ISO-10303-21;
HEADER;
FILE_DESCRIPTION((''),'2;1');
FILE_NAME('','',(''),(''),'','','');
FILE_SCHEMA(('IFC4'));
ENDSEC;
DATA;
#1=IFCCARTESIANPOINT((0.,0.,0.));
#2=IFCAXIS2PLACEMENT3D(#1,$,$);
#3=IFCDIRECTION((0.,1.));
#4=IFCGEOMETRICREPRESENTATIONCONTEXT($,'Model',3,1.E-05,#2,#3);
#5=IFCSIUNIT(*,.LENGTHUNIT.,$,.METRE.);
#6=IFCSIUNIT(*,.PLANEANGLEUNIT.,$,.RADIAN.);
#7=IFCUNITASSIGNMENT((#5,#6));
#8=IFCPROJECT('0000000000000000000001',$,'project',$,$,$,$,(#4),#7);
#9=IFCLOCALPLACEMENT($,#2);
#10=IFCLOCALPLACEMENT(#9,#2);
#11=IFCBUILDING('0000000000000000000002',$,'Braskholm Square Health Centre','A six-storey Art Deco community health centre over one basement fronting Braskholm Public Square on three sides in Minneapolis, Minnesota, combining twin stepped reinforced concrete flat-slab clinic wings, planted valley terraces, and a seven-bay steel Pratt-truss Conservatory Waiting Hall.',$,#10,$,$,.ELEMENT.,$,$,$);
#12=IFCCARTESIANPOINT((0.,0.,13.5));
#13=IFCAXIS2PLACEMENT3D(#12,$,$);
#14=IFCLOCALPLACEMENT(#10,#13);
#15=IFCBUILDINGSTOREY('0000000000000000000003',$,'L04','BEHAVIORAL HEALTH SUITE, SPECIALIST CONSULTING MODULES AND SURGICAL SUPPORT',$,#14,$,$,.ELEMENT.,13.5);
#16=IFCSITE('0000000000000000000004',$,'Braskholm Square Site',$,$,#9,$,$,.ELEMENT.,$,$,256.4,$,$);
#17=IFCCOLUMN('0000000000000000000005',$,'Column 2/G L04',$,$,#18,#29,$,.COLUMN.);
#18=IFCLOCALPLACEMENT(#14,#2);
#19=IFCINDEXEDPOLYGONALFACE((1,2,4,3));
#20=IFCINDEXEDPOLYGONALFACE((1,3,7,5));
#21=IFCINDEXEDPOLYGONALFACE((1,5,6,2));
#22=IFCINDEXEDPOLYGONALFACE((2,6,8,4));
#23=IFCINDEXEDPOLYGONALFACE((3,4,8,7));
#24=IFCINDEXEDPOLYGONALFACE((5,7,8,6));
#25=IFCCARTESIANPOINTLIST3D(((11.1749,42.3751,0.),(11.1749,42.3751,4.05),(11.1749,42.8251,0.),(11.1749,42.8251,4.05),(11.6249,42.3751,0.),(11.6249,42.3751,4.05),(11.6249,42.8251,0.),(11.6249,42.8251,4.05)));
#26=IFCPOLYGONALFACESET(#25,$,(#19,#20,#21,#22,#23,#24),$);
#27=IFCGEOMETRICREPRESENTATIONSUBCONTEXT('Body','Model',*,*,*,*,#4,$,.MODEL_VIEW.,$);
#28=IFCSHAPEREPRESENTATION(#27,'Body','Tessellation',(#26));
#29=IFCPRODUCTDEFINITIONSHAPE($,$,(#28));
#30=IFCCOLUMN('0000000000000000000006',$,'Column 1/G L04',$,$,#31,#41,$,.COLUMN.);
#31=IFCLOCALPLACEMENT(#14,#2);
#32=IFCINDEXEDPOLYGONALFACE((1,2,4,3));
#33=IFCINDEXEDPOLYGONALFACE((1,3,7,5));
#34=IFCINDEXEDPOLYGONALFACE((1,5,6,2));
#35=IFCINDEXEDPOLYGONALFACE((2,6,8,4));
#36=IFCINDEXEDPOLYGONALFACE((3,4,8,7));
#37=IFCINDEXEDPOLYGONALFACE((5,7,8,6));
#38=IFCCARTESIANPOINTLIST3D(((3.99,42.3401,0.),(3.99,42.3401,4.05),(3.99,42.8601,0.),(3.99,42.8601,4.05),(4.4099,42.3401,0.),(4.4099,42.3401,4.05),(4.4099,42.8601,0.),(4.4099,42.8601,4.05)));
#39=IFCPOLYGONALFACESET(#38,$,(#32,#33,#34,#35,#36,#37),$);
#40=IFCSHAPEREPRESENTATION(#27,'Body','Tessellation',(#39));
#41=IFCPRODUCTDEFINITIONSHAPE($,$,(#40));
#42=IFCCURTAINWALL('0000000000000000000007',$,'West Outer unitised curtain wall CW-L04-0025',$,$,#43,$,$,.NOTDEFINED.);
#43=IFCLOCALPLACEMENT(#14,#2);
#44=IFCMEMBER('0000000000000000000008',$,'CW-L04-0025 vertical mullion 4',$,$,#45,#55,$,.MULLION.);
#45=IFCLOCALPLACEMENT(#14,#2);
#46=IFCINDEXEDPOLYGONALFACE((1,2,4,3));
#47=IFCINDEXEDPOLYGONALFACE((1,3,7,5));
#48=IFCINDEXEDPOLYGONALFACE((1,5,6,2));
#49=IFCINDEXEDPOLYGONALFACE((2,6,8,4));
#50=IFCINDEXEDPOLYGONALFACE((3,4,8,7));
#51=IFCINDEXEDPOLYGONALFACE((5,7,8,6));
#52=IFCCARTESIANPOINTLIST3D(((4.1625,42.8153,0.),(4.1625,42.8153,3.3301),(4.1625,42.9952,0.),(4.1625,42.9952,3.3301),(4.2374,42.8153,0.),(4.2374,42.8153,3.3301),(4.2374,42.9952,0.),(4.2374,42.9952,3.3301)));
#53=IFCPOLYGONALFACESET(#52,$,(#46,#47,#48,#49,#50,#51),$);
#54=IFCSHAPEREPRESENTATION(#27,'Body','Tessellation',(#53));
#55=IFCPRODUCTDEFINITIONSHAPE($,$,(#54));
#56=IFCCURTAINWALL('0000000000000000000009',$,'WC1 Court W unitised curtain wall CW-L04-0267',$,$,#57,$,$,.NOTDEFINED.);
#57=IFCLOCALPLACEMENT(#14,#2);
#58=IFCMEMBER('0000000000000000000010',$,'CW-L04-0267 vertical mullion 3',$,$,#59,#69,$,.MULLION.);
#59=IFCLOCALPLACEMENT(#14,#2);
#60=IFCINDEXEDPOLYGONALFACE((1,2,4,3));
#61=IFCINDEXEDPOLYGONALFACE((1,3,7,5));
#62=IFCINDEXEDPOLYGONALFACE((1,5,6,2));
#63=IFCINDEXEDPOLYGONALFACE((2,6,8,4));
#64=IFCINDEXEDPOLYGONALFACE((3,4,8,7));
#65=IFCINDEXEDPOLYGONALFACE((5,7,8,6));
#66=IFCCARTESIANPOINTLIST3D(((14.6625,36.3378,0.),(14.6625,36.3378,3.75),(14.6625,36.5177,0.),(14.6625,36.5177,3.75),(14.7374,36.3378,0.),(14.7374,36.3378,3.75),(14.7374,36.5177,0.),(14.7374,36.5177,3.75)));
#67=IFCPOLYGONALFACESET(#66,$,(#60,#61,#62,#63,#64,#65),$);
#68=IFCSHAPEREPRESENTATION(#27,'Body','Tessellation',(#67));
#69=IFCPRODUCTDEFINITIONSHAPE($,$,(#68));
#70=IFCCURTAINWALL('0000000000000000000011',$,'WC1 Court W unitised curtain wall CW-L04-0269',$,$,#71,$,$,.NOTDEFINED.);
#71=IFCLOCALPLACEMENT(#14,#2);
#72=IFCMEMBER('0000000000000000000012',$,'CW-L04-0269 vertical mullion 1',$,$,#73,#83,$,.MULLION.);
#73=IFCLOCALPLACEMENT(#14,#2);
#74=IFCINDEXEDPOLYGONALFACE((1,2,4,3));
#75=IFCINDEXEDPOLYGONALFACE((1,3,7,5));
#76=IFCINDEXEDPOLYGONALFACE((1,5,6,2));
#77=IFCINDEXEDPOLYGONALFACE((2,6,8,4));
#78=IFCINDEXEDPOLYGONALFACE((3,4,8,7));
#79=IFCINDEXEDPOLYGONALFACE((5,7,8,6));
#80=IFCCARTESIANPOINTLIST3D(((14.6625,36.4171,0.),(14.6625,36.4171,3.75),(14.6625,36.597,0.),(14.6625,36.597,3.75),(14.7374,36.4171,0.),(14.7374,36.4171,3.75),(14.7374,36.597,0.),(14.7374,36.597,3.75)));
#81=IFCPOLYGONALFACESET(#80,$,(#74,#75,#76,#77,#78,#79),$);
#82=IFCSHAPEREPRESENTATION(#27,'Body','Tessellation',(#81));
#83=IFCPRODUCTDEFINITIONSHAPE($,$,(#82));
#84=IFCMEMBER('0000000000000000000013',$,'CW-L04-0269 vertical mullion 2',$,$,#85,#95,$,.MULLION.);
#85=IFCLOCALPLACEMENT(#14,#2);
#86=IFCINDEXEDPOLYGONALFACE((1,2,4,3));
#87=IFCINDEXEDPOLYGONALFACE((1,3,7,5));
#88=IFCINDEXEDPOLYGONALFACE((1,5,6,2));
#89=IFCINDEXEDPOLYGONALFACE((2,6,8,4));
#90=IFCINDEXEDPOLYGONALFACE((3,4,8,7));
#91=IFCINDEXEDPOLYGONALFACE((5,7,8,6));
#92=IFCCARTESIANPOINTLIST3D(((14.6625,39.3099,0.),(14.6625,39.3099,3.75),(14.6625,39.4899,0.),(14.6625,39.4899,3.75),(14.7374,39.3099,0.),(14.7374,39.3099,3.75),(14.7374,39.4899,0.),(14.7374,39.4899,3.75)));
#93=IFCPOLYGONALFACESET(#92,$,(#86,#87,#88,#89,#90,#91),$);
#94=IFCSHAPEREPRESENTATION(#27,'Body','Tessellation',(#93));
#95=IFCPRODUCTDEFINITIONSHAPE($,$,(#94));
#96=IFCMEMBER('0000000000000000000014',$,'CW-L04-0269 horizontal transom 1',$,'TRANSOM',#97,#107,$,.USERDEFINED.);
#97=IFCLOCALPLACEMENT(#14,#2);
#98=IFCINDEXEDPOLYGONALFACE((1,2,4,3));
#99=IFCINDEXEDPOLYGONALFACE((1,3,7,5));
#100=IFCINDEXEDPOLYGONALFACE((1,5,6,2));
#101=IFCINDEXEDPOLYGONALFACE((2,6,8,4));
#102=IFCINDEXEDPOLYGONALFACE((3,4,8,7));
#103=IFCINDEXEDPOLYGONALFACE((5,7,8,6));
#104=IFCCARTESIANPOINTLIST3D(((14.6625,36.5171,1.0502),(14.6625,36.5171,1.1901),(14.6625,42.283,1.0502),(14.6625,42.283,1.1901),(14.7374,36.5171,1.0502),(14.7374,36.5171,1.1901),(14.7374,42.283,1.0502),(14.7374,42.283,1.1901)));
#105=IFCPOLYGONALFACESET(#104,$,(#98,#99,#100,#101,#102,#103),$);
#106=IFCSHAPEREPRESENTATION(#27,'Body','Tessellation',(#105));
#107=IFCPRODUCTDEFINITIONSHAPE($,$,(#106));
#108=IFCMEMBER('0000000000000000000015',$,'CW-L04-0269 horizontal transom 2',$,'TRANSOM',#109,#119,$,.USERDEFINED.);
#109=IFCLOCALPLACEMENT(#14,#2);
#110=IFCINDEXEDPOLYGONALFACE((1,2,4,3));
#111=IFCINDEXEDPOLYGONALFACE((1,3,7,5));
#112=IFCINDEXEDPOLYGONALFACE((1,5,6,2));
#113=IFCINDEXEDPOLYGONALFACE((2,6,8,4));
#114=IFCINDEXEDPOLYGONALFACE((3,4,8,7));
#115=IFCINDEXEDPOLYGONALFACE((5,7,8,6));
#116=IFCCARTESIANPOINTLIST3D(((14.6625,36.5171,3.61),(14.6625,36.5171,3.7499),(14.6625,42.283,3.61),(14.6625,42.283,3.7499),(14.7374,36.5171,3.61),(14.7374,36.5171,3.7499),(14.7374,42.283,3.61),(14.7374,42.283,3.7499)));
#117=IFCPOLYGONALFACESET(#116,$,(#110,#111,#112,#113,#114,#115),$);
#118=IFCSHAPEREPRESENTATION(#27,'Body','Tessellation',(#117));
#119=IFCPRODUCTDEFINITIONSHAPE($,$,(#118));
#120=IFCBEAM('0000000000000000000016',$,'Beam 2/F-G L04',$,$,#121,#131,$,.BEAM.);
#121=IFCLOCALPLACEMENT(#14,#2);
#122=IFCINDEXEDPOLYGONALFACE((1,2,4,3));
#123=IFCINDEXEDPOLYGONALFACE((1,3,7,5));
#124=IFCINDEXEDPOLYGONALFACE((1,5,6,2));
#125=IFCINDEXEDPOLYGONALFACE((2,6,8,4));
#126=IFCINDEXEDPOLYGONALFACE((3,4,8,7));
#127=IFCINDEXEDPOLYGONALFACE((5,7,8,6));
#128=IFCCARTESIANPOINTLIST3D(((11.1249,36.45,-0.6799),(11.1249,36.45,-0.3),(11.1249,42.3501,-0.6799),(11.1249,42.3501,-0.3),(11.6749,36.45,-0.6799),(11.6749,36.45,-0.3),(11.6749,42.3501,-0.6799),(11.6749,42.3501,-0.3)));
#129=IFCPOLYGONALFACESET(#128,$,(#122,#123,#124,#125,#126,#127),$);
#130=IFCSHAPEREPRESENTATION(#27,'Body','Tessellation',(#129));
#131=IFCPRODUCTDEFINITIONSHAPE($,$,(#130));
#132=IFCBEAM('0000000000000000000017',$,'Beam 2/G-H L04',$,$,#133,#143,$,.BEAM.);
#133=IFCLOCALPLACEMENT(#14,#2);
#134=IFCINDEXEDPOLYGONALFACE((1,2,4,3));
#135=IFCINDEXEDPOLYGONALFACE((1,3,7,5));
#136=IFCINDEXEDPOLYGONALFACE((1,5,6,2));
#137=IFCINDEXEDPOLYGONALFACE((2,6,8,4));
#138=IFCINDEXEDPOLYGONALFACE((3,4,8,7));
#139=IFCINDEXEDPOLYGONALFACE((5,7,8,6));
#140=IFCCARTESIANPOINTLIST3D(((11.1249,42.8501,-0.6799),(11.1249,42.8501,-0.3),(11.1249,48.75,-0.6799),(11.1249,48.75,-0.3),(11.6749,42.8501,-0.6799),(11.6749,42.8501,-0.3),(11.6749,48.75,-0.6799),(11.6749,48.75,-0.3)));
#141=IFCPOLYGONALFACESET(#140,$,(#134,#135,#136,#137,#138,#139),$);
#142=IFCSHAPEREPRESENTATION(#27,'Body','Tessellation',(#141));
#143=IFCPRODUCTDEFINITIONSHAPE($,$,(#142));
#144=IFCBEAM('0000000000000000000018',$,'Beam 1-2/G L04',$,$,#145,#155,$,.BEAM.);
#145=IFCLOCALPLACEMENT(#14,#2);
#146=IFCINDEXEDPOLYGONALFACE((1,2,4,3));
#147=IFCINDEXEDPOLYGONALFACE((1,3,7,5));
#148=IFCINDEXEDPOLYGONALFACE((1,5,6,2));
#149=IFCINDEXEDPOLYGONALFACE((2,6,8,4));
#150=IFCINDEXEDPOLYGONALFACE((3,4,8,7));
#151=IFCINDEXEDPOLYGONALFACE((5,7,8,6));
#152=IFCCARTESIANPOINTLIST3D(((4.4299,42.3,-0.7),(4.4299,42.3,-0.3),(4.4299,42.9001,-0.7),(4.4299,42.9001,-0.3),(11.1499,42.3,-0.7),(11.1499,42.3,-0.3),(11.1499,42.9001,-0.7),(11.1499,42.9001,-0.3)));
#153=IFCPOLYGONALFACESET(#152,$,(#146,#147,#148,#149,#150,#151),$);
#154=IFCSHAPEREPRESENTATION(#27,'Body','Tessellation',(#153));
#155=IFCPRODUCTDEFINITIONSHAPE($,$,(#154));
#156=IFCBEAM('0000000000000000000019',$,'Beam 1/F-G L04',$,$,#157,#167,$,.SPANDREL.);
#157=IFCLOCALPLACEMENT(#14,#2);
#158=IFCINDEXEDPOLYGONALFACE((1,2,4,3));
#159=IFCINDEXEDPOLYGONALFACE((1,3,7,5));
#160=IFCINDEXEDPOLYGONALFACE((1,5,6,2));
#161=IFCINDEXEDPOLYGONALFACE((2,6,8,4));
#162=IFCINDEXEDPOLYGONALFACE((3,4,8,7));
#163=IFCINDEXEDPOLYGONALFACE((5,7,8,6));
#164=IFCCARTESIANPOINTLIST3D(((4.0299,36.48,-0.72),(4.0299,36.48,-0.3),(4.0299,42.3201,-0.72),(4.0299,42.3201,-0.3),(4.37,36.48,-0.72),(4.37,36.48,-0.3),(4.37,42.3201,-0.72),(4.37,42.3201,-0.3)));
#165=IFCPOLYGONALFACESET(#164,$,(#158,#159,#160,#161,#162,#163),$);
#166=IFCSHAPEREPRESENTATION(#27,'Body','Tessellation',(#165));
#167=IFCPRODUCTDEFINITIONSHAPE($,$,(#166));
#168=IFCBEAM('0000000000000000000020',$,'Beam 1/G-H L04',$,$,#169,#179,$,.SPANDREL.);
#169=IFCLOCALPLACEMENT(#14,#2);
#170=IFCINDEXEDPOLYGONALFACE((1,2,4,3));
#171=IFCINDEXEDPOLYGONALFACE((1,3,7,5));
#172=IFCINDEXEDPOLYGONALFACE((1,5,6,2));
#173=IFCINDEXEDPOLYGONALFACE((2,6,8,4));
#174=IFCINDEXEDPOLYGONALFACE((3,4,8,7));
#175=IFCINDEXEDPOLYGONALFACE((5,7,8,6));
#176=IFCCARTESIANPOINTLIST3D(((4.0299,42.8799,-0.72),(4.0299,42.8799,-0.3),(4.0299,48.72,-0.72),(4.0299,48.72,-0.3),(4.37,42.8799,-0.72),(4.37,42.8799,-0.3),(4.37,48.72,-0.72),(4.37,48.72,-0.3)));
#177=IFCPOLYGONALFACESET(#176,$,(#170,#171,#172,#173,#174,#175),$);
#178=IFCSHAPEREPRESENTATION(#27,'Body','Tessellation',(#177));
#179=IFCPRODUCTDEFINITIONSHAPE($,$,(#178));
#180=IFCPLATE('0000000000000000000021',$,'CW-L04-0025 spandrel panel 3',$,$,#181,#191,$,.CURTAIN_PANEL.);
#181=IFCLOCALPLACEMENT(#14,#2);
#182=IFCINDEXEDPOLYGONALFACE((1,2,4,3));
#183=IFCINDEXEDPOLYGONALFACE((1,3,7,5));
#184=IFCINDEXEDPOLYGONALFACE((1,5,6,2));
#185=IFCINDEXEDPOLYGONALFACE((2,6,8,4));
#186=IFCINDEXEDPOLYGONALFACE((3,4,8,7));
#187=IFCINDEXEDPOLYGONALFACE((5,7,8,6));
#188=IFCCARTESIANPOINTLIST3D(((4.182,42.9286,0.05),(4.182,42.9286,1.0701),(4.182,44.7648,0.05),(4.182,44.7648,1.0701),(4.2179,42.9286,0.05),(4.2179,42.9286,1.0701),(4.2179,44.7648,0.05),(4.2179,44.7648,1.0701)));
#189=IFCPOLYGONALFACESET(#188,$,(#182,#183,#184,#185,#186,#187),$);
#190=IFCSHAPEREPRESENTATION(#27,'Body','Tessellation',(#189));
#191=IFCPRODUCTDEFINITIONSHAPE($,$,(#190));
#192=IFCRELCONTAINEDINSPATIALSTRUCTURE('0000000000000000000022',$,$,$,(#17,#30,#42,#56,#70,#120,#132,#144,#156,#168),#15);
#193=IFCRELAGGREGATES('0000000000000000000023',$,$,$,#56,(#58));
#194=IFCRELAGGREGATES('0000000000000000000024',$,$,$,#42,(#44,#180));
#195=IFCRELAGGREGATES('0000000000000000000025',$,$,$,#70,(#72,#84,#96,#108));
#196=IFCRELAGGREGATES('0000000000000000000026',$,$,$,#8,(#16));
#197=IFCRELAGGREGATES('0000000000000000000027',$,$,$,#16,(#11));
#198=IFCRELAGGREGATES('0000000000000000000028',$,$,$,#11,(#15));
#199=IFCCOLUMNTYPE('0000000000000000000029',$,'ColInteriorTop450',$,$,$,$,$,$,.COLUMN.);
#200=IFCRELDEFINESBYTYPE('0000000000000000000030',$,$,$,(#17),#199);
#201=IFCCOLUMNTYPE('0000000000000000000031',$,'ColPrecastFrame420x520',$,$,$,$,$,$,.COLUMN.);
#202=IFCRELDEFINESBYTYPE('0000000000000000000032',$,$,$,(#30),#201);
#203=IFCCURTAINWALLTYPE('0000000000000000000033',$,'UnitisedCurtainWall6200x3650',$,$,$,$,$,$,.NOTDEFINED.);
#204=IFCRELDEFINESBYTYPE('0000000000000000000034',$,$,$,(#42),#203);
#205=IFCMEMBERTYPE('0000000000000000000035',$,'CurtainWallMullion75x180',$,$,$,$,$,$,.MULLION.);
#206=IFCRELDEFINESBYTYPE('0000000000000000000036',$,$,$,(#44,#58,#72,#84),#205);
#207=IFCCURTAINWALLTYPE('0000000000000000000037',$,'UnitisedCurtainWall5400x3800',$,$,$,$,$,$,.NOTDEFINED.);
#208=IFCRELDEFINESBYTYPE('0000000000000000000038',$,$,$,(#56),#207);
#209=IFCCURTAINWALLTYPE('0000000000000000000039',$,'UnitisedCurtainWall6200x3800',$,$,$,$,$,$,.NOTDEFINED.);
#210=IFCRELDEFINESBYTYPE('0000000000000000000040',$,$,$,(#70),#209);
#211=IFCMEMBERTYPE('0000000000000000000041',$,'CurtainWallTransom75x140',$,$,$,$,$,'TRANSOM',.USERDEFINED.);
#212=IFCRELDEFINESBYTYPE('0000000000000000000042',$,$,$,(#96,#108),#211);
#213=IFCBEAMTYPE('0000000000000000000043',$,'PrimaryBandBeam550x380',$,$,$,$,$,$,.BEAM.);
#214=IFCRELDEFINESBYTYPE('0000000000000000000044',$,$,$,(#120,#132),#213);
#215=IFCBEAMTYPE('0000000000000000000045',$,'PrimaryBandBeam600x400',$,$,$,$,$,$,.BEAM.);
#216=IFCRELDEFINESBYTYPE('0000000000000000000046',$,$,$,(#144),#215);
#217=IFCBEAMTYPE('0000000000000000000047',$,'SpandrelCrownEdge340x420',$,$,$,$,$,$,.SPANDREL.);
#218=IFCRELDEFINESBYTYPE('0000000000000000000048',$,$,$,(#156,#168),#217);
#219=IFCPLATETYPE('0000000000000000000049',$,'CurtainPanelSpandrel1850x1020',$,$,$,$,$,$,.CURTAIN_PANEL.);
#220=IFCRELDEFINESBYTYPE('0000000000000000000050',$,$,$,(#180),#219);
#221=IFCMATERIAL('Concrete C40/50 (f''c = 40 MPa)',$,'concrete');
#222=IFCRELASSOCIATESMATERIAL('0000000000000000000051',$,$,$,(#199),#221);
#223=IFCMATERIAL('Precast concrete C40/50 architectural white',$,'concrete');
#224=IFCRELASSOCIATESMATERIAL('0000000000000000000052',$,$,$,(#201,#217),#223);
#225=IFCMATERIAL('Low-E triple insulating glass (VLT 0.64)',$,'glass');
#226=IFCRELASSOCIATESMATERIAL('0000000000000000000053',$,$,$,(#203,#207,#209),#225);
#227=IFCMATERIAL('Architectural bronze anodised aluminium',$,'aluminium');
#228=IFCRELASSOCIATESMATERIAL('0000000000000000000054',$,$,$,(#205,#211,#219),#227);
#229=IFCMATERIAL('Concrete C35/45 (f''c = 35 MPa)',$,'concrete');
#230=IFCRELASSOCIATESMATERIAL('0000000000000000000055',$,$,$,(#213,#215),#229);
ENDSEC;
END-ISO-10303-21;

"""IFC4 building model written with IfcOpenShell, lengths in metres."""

from ifc_helpers import new_model, si_unit, direction, frame, origin, origin_2d, place, context, subcontext, project, spatial, rectangle, extrude, material, material_profile, profile_set, type_object, element, aggregate, save


model = new_model("IFC4")

# Units and contexts
model_context = context("Model", 3, precision=1e-05, world=origin(), true_north=direction((0.0, 1.0)))
body_context = subcontext(model_context, "Body", "Model", "MODEL_VIEW")
ifc_project = project(units=[si_unit("LENGTHUNIT", "METRE"), si_unit("PLANEANGLEUNIT", "RADIAN")], contexts=[model_context])

# Site, building, storey
site_placement = place(None, origin())
site = spatial("IfcSite", under=ifc_project, at=site_placement, Name="Braskholm Square Site", CompositionType="ELEMENT", RefElevation=256.4)
building_placement = place(site_placement, origin())
building = spatial("IfcBuilding", under=site, at=building_placement, Name="Braskholm Square Health Centre", Description="A six-storey Art Deco community health centre over one basement fronting Braskholm Public Square on three sides in Minneapolis, Minnesota, combining twin stepped reinforced concrete flat-slab clinic wings, planted valley terraces, and a seven-bay steel Pratt-truss Conservatory Waiting Hall.", CompositionType="ELEMENT")
storey_placement = place(building_placement, frame((0.0, 0.0, 13.5)))
storey = spatial("IfcBuildingStorey", under=building, at=storey_placement, Name="L04", Description="BEHAVIORAL HEALTH SUITE, SPECIALIST CONSULTING MODULES AND SURGICAL SUPPORT", CompositionType="ELEMENT", Elevation=13.5)

# Columns
ifc_material_1 = material(Name="Concrete C40/50 (f'c = 40 MPa)", Category="concrete")
ifc_material_profile_1 = material_profile(ifc_material_1, rectangle(XDim=0.45, YDim=0.45, at=origin_2d()), Name="RC-450X450")
ifc_profile_set_1 = profile_set([ifc_material_profile_1], Name="Concrete C40/50 (f'c = 40 MPa)")
column_type_1 = type_object("IfcColumnType", Name="ColInteriorTop450", PredefinedType="COLUMN", material=ifc_profile_set_1)
column_1_placement = place(storey_placement, frame((11.3999, 42.6001, 0.0), z_axis=(0.0, 0.0, 1.0), x_axis=(1.0, 0.0, 0.0)))
element("IfcColumn", 1, at=column_1_placement, inside=storey, type_object=column_type_1, Name="Column 2/G L04", PredefinedType="COLUMN", context=body_context, shape_type="SweptSolid", body=[
    extrude(rectangle(XDim=0.45, YDim=0.45, at=origin_2d()), origin(), (0.0, 0.0, 1.0), 4.05),
])
ifc_material_2 = material(Name="Precast concrete C40/50 architectural white", Category="concrete")
ifc_material_profile_2 = material_profile(ifc_material_2, rectangle(XDim=0.4199, YDim=0.52, at=origin_2d()), Name="RC-420X520")
ifc_profile_set_2 = profile_set([ifc_material_profile_2], Name="Precast concrete C40/50 architectural white")
column_type_2 = type_object("IfcColumnType", Name="ColPrecastFrame420x520", PredefinedType="COLUMN", material=ifc_profile_set_2)
column_2_placement = place(storey_placement, frame((4.2, 42.6001, 0.0), z_axis=(0.0, 0.0, 1.0), x_axis=(1.0, 0.0, 0.0)))
element("IfcColumn", 2, at=column_2_placement, inside=storey, type_object=column_type_2, Name="Column 1/G L04", PredefinedType="COLUMN", context=body_context, shape_type="SweptSolid", body=[
    extrude(rectangle(XDim=0.4199, YDim=0.52, at=origin_2d()), origin(), (0.0, 0.0, 1.0), 4.05),
])

# Curtain walls, members
ifc_material_3 = material(Name="Low-E triple insulating glass (VLT 0.64)", Category="glass")
curtain_wall_type_1 = type_object("IfcCurtainWallType", Name="UnitisedCurtainWall6200x3650", PredefinedType="NOTDEFINED", material=ifc_material_3)
curtain_wall_1_placement = place(storey_placement, origin())
curtain_wall_1 = element("IfcCurtainWall", 3, at=curtain_wall_1_placement, inside=storey, type_object=curtain_wall_type_1, Name="West Outer unitised curtain wall CW-L04-0025", PredefinedType="NOTDEFINED")
ifc_material_4 = material(Name="Architectural bronze anodised aluminium", Category="aluminium")
ifc_material_profile_3 = material_profile(ifc_material_4, rectangle(XDim=0.075, YDim=0.1799, at=origin_2d()), Name="ALU-75X180")
ifc_profile_set_3 = profile_set([ifc_material_profile_3], Name="Architectural bronze anodised aluminium")
member_type_1 = type_object("IfcMemberType", Name="CurtainWallMullion75x180", PredefinedType="MULLION", material=ifc_profile_set_3)
member_1_placement = place(storey_placement, frame((4.2, 42.9053, 0.0), z_axis=(0.0, 0.0, 1.0), x_axis=(1.0, 0.0, 0.0)))
member_1 = element("IfcMember", 4, at=member_1_placement, type_object=member_type_1, Name="CW-L04-0025 vertical mullion 4", PredefinedType="MULLION", context=body_context, shape_type="SweptSolid", body=[
    extrude(rectangle(XDim=0.075, YDim=0.1799, at=origin_2d()), origin(), (0.0, 0.0, 1.0), 3.3301),
])
curtain_wall_type_2 = type_object("IfcCurtainWallType", Name="UnitisedCurtainWall5400x3800", PredefinedType="NOTDEFINED", material=ifc_material_3)
curtain_wall_2_placement = place(storey_placement, origin())
curtain_wall_2 = element("IfcCurtainWall", 5, at=curtain_wall_2_placement, inside=storey, type_object=curtain_wall_type_2, Name="WC1 Court W unitised curtain wall CW-L04-0267", PredefinedType="NOTDEFINED")
member_2_placement = place(storey_placement, frame((14.7, 36.4277, 0.0), z_axis=(0.0, 0.0, 1.0), x_axis=(1.0, 0.0, 0.0)))
member_2 = element("IfcMember", 6, at=member_2_placement, type_object=member_type_1, Name="CW-L04-0267 vertical mullion 3", PredefinedType="MULLION", context=body_context, shape_type="SweptSolid", body=[
    extrude(rectangle(XDim=0.075, YDim=0.1799, at=origin_2d()), origin(), (0.0, 0.0, 1.0), 3.75),
])
aggregate(curtain_wall_2, [member_2])

# Curtain wall, members
curtain_wall_type_3 = type_object("IfcCurtainWallType", Name="UnitisedCurtainWall6200x3800", PredefinedType="NOTDEFINED", material=ifc_material_3)
curtain_wall_3_placement = place(storey_placement, origin())
curtain_wall_3 = element("IfcCurtainWall", 7, at=curtain_wall_3_placement, inside=storey, type_object=curtain_wall_type_3, Name="WC1 Court W unitised curtain wall CW-L04-0269", PredefinedType="NOTDEFINED")
member_3_placement = place(storey_placement, frame((14.7, 36.5071, 0.0), z_axis=(0.0, 0.0, 1.0), x_axis=(1.0, 0.0, 0.0)))
member_3 = element("IfcMember", 8, at=member_3_placement, type_object=member_type_1, Name="CW-L04-0269 vertical mullion 1", PredefinedType="MULLION", context=body_context, shape_type="SweptSolid", body=[
    extrude(rectangle(XDim=0.075, YDim=0.1799, at=origin_2d()), origin(), (0.0, 0.0, 1.0), 3.75),
])
member_4_placement = place(storey_placement, frame((14.7, 39.3999, 0.0), z_axis=(0.0, 0.0, 1.0), x_axis=(1.0, 0.0, 0.0)))
member_4 = element("IfcMember", 9, at=member_4_placement, type_object=member_type_1, Name="CW-L04-0269 vertical mullion 2", PredefinedType="MULLION", context=body_context, shape_type="SweptSolid", body=[
    extrude(rectangle(XDim=0.075, YDim=0.1799, at=origin_2d()), origin(), (0.0, 0.0, 1.0), 3.75),
])
ifc_material_profile_4 = material_profile(ifc_material_4, rectangle(XDim=0.075, YDim=0.1399, at=origin_2d()), Name="ALU-75X140")
ifc_profile_set_4 = profile_set([ifc_material_profile_4], Name="Architectural bronze anodised aluminium")
member_type_2 = type_object("IfcMemberType", Name="CurtainWallTransom75x140", ElementType="TRANSOM", PredefinedType="USERDEFINED", material=ifc_profile_set_4)
member_5_placement = place(storey_placement, frame((14.7, 36.5171, 1.1201), z_axis=(0.0, 1.0, 0.0), x_axis=(-1.0, 0.0, 0.0)))
member_5 = element("IfcMember", 10, at=member_5_placement, type_object=member_type_2, Name="CW-L04-0269 horizontal transom 1", ObjectType="TRANSOM", PredefinedType="USERDEFINED", context=body_context, shape_type="SweptSolid", body=[
    extrude(rectangle(XDim=0.075, YDim=0.1399, at=origin_2d()), origin(), (0.0, 0.0, 1.0), 5.7659),
])
member_6_placement = place(storey_placement, frame((14.7, 36.5171, 3.6799), z_axis=(0.0, 1.0, 0.0), x_axis=(-1.0, 0.0, 0.0)))
member_6 = element("IfcMember", 11, at=member_6_placement, type_object=member_type_2, Name="CW-L04-0269 horizontal transom 2", ObjectType="TRANSOM", PredefinedType="USERDEFINED", context=body_context, shape_type="SweptSolid", body=[
    extrude(rectangle(XDim=0.075, YDim=0.1399, at=origin_2d()), origin(), (0.0, 0.0, 1.0), 5.7659),
])

# Beams
ifc_material_5 = material(Name="Concrete C35/45 (f'c = 35 MPa)", Category="concrete")
ifc_material_profile_5 = material_profile(ifc_material_5, rectangle(XDim=0.55, YDim=0.3799, at=origin_2d()), Name="RCB-550X380")
ifc_profile_set_5 = profile_set([ifc_material_profile_5], Name="Concrete C35/45 (f'c = 35 MPa)")
beam_type_1 = type_object("IfcBeamType", Name="PrimaryBandBeam550x380", PredefinedType="BEAM", material=ifc_profile_set_5)
beam_1_placement = place(storey_placement, frame((11.3999, 36.45, -0.49), z_axis=(0.0, 1.0, 0.0), x_axis=(-1.0, 0.0, 0.0)))
element("IfcBeam", 12, at=beam_1_placement, inside=storey, type_object=beam_type_1, Name="Beam 2/F-G L04", PredefinedType="BEAM", context=body_context, shape_type="SweptSolid", body=[
    extrude(rectangle(XDim=0.55, YDim=0.3799, at=origin_2d()), origin(), (0.0, 0.0, 1.0), 5.9001),
])
beam_2_placement = place(storey_placement, frame((11.3999, 42.8501, -0.49), z_axis=(0.0, 1.0, 0.0), x_axis=(-1.0, 0.0, 0.0)))
element("IfcBeam", 13, at=beam_2_placement, inside=storey, type_object=beam_type_1, Name="Beam 2/G-H L04", PredefinedType="BEAM", context=body_context, shape_type="SweptSolid", body=[
    extrude(rectangle(XDim=0.55, YDim=0.3799, at=origin_2d()), origin(), (0.0, 0.0, 1.0), 5.8999),
])
ifc_material_profile_6 = material_profile(ifc_material_5, rectangle(XDim=0.6001, YDim=0.3999, at=origin_2d()), Name="RCB-600X400")
ifc_profile_set_6 = profile_set([ifc_material_profile_6], Name="Concrete C35/45 (f'c = 35 MPa)")
beam_type_2 = type_object("IfcBeamType", Name="PrimaryBandBeam600x400", PredefinedType="BEAM", material=ifc_profile_set_6)
beam_3_placement = place(storey_placement, frame((4.4299, 42.6001, -0.5), z_axis=(1.0, 0.0, 0.0), x_axis=(0.0, 1.0, 0.0)))
element("IfcBeam", 14, at=beam_3_placement, inside=storey, type_object=beam_type_2, Name="Beam 1-2/G L04", PredefinedType="BEAM", context=body_context, shape_type="SweptSolid", body=[
    extrude(rectangle(XDim=0.6001, YDim=0.3999, at=origin_2d()), origin(), (0.0, 0.0, 1.0), 6.72),
])
ifc_material_profile_7 = material_profile(ifc_material_2, rectangle(XDim=0.3401, YDim=0.4199, at=origin_2d()), Name="RCB-340X420")
ifc_profile_set_7 = profile_set([ifc_material_profile_7], Name="Precast concrete C40/50 architectural white")
beam_type_3 = type_object("IfcBeamType", Name="SpandrelCrownEdge340x420", PredefinedType="SPANDREL", material=ifc_profile_set_7)
for number, where, z_axis, x_axis, name in (
    (15, (4.2, 36.48, -0.51), (0.0, 1.0, 0.0), (-1.0, 0.0, 0.0), "Beam 1/F-G L04"),
    (16, (4.2, 42.8799, -0.51), (0.0, 1.0, 0.0), (-1.0, 0.0, 0.0), "Beam 1/G-H L04"),
):
    element("IfcBeam", number, at=place(storey_placement, frame(where, z_axis=z_axis, x_axis=x_axis)), inside=storey, type_object=beam_type_3, Name=name, PredefinedType="SPANDREL", context=body_context, shape_type="SweptSolid", body=[
        extrude(rectangle(XDim=0.3401, YDim=0.4199, at=origin_2d()), origin(), (0.0, 0.0, 1.0), 5.8401),
    ])

# Plate
plate_type_1 = type_object("IfcPlateType", Name="CurtainPanelSpandrel1850x1020", PredefinedType="CURTAIN_PANEL", material=ifc_material_4)
plate_1_placement = place(storey_placement, frame((4.2, 43.8467, 0.05), z_axis=(0.0, 0.0, 1.0), x_axis=(0.0, -1.0, 0.0)))
plate_1 = element("IfcPlate", 17, at=plate_1_placement, type_object=plate_type_1, Name="CW-L04-0025 spandrel panel 3", PredefinedType="CURTAIN_PANEL", context=body_context, shape_type="SweptSolid", body=[
    extrude(rectangle(XDim=1.8362, YDim=0.0359, at=origin_2d()), origin(), (0.0, 0.0, 1.0), 1.02),
])
aggregate(curtain_wall_1, [member_1, plate_1])
aggregate(curtain_wall_3, [member_3, member_4, member_5, member_6])

save(model, "model.ifc")
